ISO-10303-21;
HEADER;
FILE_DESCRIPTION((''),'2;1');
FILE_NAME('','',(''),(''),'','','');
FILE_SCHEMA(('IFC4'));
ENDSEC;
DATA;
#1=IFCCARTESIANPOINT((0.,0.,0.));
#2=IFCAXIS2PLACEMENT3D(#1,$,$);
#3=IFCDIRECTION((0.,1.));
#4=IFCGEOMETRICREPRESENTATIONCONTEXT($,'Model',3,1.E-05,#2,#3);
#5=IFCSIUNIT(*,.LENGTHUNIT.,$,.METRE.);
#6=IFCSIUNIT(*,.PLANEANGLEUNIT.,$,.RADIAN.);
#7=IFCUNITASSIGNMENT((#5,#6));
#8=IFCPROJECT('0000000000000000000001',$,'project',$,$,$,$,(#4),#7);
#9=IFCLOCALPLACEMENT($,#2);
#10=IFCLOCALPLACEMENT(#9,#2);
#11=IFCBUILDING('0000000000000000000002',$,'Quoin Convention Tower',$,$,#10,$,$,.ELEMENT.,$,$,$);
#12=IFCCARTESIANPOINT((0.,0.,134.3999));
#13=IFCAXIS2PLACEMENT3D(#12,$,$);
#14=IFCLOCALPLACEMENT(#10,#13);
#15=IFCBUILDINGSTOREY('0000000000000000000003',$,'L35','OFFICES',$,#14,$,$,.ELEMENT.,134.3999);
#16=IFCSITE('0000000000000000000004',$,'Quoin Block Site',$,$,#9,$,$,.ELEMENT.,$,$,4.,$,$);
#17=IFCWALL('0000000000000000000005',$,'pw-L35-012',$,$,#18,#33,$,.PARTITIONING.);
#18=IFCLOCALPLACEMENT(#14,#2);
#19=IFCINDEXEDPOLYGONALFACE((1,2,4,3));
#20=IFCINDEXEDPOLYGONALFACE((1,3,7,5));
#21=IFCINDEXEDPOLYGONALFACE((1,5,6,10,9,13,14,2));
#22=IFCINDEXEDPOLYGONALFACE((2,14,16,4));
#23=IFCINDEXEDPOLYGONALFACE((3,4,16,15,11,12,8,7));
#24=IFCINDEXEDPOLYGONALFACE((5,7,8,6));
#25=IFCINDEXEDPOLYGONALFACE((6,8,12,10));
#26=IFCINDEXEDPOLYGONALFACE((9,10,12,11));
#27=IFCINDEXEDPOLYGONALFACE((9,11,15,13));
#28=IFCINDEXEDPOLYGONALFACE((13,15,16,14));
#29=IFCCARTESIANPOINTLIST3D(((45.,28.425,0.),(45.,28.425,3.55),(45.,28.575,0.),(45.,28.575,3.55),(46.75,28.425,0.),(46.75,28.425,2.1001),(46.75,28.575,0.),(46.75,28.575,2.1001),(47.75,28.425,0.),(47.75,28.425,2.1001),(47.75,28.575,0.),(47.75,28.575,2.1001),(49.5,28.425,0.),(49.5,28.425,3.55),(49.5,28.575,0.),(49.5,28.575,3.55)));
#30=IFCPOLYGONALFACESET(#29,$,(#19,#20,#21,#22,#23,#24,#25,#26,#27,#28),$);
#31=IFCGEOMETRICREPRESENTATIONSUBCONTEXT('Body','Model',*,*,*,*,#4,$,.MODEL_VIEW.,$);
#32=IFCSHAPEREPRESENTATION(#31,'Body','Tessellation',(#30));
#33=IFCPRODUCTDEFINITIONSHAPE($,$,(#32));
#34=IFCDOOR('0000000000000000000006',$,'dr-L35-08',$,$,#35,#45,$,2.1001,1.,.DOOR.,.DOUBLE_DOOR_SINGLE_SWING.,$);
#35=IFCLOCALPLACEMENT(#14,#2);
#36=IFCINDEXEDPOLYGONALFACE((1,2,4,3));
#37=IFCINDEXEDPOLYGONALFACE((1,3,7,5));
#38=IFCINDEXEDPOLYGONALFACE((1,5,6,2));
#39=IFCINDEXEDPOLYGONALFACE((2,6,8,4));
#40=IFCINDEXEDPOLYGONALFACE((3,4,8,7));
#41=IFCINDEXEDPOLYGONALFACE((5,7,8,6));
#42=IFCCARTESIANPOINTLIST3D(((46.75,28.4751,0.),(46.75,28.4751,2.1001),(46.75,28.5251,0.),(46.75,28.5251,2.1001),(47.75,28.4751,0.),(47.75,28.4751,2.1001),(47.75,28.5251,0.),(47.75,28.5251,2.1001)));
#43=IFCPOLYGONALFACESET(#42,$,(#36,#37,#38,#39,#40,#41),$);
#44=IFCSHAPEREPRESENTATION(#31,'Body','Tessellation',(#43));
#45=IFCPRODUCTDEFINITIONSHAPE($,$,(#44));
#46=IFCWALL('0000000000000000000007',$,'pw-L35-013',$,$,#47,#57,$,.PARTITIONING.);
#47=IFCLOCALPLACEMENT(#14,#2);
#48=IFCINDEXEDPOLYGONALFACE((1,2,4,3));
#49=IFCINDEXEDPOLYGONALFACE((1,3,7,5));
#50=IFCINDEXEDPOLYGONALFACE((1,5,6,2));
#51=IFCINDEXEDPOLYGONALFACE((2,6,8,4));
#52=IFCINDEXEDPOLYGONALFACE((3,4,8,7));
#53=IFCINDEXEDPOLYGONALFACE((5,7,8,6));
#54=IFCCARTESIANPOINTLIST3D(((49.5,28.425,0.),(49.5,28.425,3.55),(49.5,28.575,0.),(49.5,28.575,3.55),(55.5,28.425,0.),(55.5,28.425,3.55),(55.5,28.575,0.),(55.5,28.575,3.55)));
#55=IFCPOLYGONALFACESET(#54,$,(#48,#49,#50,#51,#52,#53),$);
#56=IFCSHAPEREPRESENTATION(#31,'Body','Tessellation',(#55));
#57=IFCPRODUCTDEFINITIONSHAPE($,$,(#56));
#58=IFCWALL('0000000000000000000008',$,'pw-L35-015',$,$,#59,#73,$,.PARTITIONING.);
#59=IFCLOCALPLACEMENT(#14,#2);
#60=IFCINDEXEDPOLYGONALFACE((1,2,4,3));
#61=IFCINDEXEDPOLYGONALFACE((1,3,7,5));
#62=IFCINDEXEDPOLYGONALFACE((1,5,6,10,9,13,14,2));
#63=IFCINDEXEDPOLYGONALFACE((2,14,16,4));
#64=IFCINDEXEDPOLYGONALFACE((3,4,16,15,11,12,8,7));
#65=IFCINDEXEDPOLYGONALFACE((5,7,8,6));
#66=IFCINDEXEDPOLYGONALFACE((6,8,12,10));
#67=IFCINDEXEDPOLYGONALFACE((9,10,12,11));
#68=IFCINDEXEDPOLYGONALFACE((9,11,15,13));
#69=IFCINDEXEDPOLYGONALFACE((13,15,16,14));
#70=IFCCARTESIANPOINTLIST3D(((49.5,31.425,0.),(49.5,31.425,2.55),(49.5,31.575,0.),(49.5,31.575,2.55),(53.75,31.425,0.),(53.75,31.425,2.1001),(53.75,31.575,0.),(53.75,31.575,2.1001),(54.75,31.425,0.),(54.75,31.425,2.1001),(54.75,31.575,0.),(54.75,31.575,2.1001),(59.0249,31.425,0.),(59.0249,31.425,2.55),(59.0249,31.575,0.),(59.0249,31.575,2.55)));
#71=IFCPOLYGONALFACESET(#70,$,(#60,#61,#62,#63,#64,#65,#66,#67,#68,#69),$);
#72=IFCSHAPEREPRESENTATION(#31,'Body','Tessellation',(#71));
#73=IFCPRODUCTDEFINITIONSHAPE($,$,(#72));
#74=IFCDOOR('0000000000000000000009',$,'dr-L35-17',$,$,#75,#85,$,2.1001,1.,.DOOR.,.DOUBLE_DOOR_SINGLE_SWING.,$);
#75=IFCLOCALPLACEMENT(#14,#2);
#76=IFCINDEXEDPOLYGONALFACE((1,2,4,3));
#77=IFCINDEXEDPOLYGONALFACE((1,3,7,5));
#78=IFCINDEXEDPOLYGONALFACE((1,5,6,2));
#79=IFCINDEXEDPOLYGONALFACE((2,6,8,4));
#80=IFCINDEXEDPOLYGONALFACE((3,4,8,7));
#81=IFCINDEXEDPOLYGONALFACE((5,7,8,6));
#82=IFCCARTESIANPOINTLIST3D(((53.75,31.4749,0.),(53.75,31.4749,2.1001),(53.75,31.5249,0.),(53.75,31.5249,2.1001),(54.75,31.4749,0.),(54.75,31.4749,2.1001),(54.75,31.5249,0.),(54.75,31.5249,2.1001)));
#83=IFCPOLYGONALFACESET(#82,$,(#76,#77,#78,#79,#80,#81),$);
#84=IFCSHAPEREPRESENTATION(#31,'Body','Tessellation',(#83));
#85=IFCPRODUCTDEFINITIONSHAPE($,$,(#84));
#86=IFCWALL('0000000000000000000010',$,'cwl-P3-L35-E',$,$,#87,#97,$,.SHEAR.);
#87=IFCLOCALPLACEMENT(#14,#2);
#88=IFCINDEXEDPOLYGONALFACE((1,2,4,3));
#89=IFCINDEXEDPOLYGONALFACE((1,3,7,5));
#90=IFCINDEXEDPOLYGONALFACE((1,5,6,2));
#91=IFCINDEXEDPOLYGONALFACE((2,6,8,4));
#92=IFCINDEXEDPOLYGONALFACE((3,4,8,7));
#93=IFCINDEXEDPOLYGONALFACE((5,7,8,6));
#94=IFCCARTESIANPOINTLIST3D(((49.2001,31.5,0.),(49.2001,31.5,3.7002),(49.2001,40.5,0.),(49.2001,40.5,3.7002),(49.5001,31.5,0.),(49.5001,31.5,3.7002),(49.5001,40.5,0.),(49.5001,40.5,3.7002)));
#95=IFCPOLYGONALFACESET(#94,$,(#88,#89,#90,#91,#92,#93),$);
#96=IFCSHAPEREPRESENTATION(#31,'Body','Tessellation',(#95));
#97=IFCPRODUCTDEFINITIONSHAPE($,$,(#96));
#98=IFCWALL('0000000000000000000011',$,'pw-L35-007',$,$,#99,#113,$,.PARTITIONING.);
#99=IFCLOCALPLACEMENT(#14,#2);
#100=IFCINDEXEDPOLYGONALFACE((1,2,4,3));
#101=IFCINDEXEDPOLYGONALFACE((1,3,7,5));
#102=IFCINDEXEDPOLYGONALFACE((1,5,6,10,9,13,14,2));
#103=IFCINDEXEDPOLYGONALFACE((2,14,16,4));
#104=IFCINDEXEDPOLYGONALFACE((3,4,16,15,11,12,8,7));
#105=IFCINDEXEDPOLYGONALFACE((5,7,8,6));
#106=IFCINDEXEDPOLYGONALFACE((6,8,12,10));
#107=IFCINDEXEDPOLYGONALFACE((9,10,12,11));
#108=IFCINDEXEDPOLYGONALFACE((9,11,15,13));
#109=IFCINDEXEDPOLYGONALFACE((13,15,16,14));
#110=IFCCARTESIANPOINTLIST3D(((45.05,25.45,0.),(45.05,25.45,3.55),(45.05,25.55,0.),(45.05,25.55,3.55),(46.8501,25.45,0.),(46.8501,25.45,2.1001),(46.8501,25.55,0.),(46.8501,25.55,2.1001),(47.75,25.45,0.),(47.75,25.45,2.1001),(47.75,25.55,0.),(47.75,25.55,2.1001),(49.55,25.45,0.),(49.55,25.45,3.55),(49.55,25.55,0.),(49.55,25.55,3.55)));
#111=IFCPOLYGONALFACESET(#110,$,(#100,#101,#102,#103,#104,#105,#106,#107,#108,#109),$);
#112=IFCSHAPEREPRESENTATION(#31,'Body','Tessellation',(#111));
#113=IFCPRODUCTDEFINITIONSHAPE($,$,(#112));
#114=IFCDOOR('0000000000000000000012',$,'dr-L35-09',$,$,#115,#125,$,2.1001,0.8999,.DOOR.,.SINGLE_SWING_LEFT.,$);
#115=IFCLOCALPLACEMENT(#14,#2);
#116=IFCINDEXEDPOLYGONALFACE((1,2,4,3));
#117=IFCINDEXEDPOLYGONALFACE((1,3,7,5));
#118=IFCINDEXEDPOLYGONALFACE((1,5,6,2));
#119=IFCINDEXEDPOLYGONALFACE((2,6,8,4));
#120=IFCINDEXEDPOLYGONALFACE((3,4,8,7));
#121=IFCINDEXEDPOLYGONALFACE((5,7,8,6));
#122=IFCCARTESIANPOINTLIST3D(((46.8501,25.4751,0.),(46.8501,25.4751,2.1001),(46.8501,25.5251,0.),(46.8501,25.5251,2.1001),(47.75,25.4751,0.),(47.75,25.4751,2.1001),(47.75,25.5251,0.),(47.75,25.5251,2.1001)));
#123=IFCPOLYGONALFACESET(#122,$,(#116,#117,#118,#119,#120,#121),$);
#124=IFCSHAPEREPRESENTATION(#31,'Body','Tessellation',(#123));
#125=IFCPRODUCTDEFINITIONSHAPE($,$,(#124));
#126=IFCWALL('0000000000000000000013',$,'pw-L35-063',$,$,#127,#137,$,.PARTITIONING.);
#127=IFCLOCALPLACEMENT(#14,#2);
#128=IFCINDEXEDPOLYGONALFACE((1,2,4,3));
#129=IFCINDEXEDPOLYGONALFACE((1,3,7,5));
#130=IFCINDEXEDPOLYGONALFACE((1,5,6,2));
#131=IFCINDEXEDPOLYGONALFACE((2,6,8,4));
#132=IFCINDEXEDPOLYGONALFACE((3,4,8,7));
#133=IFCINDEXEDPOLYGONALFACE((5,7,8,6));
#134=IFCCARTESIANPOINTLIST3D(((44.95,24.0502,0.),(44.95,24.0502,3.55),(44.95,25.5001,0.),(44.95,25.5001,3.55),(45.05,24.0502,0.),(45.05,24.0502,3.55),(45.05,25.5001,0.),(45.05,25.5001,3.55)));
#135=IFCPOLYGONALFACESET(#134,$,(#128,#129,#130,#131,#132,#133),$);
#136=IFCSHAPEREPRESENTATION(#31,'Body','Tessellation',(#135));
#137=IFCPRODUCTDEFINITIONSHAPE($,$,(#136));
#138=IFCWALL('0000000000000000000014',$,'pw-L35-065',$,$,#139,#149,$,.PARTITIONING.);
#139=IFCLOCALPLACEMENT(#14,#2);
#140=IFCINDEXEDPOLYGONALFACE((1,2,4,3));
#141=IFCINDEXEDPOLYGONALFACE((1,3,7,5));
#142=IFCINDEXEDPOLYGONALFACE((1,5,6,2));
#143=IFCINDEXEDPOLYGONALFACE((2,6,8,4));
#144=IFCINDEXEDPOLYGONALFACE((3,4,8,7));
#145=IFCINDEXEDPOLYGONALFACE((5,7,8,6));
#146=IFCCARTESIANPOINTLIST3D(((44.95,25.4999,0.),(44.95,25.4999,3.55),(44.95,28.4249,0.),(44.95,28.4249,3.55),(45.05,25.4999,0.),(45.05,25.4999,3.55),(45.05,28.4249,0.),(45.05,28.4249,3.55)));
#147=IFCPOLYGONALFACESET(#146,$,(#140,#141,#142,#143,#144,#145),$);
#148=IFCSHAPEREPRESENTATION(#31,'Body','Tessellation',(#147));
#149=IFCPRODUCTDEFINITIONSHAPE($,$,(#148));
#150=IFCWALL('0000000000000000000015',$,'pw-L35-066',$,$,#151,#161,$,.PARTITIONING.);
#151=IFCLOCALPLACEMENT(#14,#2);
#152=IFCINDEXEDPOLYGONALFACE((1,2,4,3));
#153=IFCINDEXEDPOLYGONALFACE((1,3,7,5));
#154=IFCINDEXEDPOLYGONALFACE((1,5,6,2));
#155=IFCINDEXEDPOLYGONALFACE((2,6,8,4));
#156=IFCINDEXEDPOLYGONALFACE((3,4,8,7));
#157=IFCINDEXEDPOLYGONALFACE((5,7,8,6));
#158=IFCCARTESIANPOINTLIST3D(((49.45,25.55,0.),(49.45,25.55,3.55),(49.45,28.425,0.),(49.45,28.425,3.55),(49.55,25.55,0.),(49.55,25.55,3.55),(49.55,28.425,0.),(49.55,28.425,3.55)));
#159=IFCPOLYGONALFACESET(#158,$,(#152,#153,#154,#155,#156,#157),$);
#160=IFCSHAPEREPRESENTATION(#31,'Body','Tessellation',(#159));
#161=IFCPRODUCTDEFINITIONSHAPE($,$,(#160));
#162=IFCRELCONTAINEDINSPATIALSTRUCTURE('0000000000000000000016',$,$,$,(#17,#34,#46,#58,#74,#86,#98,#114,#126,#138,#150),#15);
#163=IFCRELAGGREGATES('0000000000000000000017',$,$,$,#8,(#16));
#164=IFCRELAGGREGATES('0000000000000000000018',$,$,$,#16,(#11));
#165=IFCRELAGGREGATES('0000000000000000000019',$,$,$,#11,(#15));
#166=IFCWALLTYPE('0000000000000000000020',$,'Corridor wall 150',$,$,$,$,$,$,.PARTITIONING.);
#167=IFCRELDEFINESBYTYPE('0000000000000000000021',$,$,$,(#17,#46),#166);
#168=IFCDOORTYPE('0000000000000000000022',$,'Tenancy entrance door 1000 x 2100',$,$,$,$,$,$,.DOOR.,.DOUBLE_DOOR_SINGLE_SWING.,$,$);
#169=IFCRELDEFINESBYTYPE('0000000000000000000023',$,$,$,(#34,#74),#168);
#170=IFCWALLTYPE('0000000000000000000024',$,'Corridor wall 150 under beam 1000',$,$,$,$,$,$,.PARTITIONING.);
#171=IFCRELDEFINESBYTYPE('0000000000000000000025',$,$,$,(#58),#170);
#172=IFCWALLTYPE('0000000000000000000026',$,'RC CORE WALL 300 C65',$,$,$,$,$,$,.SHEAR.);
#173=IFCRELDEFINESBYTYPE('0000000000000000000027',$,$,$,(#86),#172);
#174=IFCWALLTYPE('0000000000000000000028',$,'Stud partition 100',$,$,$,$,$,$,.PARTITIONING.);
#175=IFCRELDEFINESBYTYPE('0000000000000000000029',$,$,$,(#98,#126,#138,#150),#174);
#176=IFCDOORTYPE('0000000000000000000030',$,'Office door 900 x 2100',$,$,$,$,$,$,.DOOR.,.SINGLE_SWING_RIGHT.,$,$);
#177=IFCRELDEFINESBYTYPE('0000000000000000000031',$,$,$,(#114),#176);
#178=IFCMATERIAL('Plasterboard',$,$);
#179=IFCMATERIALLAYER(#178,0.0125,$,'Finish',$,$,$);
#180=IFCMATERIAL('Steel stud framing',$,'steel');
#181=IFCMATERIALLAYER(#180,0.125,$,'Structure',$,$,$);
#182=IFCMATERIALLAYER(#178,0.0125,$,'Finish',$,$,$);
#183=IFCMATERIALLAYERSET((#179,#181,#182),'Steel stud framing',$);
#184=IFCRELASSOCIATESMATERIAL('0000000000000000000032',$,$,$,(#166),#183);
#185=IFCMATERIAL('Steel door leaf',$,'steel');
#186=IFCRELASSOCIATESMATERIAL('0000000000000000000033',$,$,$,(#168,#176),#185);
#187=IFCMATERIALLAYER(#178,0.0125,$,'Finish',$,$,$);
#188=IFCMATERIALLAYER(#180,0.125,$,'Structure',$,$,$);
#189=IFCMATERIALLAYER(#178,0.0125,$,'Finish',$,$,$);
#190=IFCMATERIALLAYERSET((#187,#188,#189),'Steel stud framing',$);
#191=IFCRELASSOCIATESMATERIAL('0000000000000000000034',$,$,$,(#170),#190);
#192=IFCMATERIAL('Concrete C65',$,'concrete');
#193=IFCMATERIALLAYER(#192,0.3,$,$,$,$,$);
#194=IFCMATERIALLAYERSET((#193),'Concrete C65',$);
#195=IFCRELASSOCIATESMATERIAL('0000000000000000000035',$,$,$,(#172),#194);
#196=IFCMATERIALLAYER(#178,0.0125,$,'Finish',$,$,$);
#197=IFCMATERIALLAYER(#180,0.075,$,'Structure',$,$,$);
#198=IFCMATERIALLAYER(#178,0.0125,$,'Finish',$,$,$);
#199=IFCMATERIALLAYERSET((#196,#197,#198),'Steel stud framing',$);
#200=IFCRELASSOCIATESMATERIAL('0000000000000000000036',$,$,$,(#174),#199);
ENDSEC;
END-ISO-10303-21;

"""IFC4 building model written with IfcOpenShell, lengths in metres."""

from ifc_helpers import new_model, si_unit, direction, frame, frame_2d, origin, place, context, subcontext, project, spatial, rectangle, extrude, material, layer, layer_set, type_object, element, fill, save


model = new_model("IFC4")

# Units and contexts
model_context = context("Model", 3, precision=1e-05, world=origin(), true_north=direction((0.0, 1.0)))
body_context = subcontext(model_context, "Body", "Model", "MODEL_VIEW")
ifc_project = project(units=[si_unit("LENGTHUNIT", "METRE"), si_unit("PLANEANGLEUNIT", "RADIAN")], contexts=[model_context])

# Site, building, storey
site_placement = place(None, origin())
site = spatial("IfcSite", under=ifc_project, at=site_placement, Name="Quoin Block Site", CompositionType="ELEMENT", RefElevation=4.0)
building_placement = place(site_placement, origin())
building = spatial("IfcBuilding", under=site, at=building_placement, Name="Quoin Convention Tower", CompositionType="ELEMENT")
storey_placement = place(building_placement, frame((0.0, 0.0, 134.3999)))
storey = spatial("IfcBuildingStorey", under=building, at=storey_placement, Name="L35", Description="OFFICES", CompositionType="ELEMENT", Elevation=134.3999)

# Shared definitions
ifc_material_1 = material(Name="Concrete C65", Category="concrete")

# Shared definitions
ifc_material_2 = material(Name="Plasterboard")
ifc_material_3 = material(Name="Steel stud framing", Category="steel")

# Wall, opening, door
ifc_layer_1 = layer(ifc_material_2, 0.0125, Name="Finish")
ifc_layer_2 = layer(ifc_material_3, 0.125, Name="Structure")
ifc_layer_3 = layer(ifc_material_2, 0.0125, Name="Finish")
ifc_layer_set_1 = layer_set([ifc_layer_1, ifc_layer_2, ifc_layer_3], Name="Steel stud framing")
wall_type_1 = type_object("IfcWallType", Name="Corridor wall 150", PredefinedType="PARTITIONING", material=ifc_layer_set_1)
wall_1_placement = place(storey_placement, frame((45.0, 28.5, 0.0), z_axis=(0.0, 0.0, 1.0), x_axis=(1.0, 0.0, 0.0)))
wall_1 = element("IfcWall", 1, at=wall_1_placement, inside=storey, type_object=wall_type_1, Name="pw-L35-012", PredefinedType="PARTITIONING", context=body_context, shape_type="SweptSolid", body=[
    extrude(rectangle(XDim=4.5, YDim=0.1499, at=frame_2d((2.25, 0.0))), origin(), (0.0, 0.0, 1.0), 3.55),
])
opening_1_placement = place(wall_1_placement, frame((1.75, 0.0, 0.0)))
opening_1 = element("IfcOpeningElement", 2, at=opening_1_placement, cuts=wall_1, PredefinedType="OPENING", context=body_context, shape_type="SweptSolid", body=[
    extrude(rectangle(XDim=1.0, YDim=2.1001, at=frame_2d((0.5, 1.05))), frame((0.0, 0.085, 0.0), z_axis=(0.0, -1.0, 0.0), x_axis=(1.0, 0.0, 0.0)), (0.0, 0.0, 1.0), 0.1699),
])
ifc_material_4 = material(Name="Steel door leaf", Category="steel")
door_type_1 = type_object("IfcDoorType", Name="Tenancy entrance door 1000 x 2100", OperationType="DOUBLE_DOOR_SINGLE_SWING", PredefinedType="DOOR", material=ifc_material_4)
door_1_placement = place(opening_1_placement, frame((1.0, 0.0, 0.0), z_axis=(0.0, 0.0, 1.0), x_axis=(-1.0, 0.0, 0.0)))
door_1 = element("IfcDoor", 3, at=door_1_placement, inside=storey, type_object=door_type_1, Name="dr-L35-08", OperationType="DOUBLE_DOOR_SINGLE_SWING", OverallHeight=2.1001, OverallWidth=1.0, PredefinedType="DOOR", context=body_context, shape_type="SweptSolid", body=[
    extrude(rectangle(XDim=1.0, YDim=2.1001, at=frame_2d((0.5, 1.05))), frame((0.0, 0.0249, 0.0), z_axis=(0.0, -1.0, 0.0), x_axis=(1.0, 0.0, 0.0)), (0.0, 0.0, 1.0), 0.05),
])
fill(opening_1, door_1)

# Wall
wall_2_placement = place(storey_placement, frame((49.5, 28.5, 0.0), z_axis=(0.0, 0.0, 1.0), x_axis=(1.0, 0.0, 0.0)))
element("IfcWall", 4, at=wall_2_placement, inside=storey, type_object=wall_type_1, Name="pw-L35-013", PredefinedType="PARTITIONING", context=body_context, shape_type="SweptSolid", body=[
    extrude(rectangle(XDim=6.0, YDim=0.1499, at=frame_2d((3.0, 0.0))), origin(), (0.0, 0.0, 1.0), 3.55),
])

# Wall, opening, door
ifc_layer_4 = layer(ifc_material_2, 0.0125, Name="Finish")
ifc_layer_5 = layer(ifc_material_3, 0.125, Name="Structure")
ifc_layer_6 = layer(ifc_material_2, 0.0125, Name="Finish")
ifc_layer_set_2 = layer_set([ifc_layer_4, ifc_layer_5, ifc_layer_6], Name="Steel stud framing")
wall_type_2 = type_object("IfcWallType", Name="Corridor wall 150 under beam 1000", PredefinedType="PARTITIONING", material=ifc_layer_set_2)
wall_3_placement = place(storey_placement, frame((49.5, 31.5, 0.0), z_axis=(0.0, 0.0, 1.0), x_axis=(1.0, 0.0, 0.0)))
wall_3 = element("IfcWall", 5, at=wall_3_placement, inside=storey, type_object=wall_type_2, Name="pw-L35-015", PredefinedType="PARTITIONING", context=body_context, shape_type="SweptSolid", body=[
    extrude(rectangle(XDim=9.5249, YDim=0.1499, at=frame_2d((4.7625, 0.0))), origin(), (0.0, 0.0, 1.0), 2.55),
])
opening_2_placement = place(wall_3_placement, frame((4.25, 0.0, 0.0)))
opening_2 = element("IfcOpeningElement", 6, at=opening_2_placement, cuts=wall_3, PredefinedType="OPENING", context=body_context, shape_type="SweptSolid", body=[
    extrude(rectangle(XDim=1.0, YDim=2.1001, at=frame_2d((0.5, 1.05))), frame((0.0, 0.085, 0.0), z_axis=(0.0, -1.0, 0.0), x_axis=(1.0, 0.0, 0.0)), (0.0, 0.0, 1.0), 0.1699),
])
door_2_placement = place(opening_2_placement, origin())
door_2 = element("IfcDoor", 7, at=door_2_placement, inside=storey, type_object=door_type_1, Name="dr-L35-17", OperationType="DOUBLE_DOOR_SINGLE_SWING", OverallHeight=2.1001, OverallWidth=1.0, PredefinedType="DOOR", context=body_context, shape_type="SweptSolid", body=[
    extrude(rectangle(XDim=1.0, YDim=2.1001, at=frame_2d((0.5, 1.05))), frame((0.0, 0.0249, 0.0), z_axis=(0.0, -1.0, 0.0), x_axis=(1.0, 0.0, 0.0)), (0.0, 0.0, 1.0), 0.05),
])
fill(opening_2, door_2)

# Wall
ifc_layer_7 = layer(ifc_material_1, 0.3)
ifc_layer_set_3 = layer_set([ifc_layer_7], Name="Concrete C65")
wall_type_3 = type_object("IfcWallType", Name="RC CORE WALL 300 C65", PredefinedType="SHEAR", material=ifc_layer_set_3)
wall_4_placement = place(storey_placement, frame((49.3501, 31.5, 0.0), z_axis=(0.0, 0.0, 1.0), x_axis=(0.0, 1.0, 0.0)))
element("IfcWall", 8, at=wall_4_placement, inside=storey, type_object=wall_type_3, Name="cwl-P3-L35-E", PredefinedType="SHEAR", context=body_context, shape_type="SweptSolid", body=[
    extrude(rectangle(XDim=9.0, YDim=0.3, at=frame_2d((4.5, 0.0))), origin(), (0.0, 0.0, 1.0), 3.7002),
])

# Wall, opening, door
ifc_layer_8 = layer(ifc_material_2, 0.0125, Name="Finish")
ifc_layer_9 = layer(ifc_material_3, 0.075, Name="Structure")
ifc_layer_10 = layer(ifc_material_2, 0.0125, Name="Finish")
ifc_layer_set_4 = layer_set([ifc_layer_8, ifc_layer_9, ifc_layer_10], Name="Steel stud framing")
wall_type_4 = type_object("IfcWallType", Name="Stud partition 100", PredefinedType="PARTITIONING", material=ifc_layer_set_4)
wall_5_placement = place(storey_placement, frame((45.05, 25.5, 0.0), z_axis=(0.0, 0.0, 1.0), x_axis=(1.0, 0.0, 0.0)))
wall_5 = element("IfcWall", 9, at=wall_5_placement, inside=storey, type_object=wall_type_4, Name="pw-L35-007", PredefinedType="PARTITIONING", context=body_context, shape_type="SweptSolid", body=[
    extrude(rectangle(XDim=4.5, YDim=0.1001, at=frame_2d((2.25, 0.0))), origin(), (0.0, 0.0, 1.0), 3.55),
])
opening_3_placement = place(wall_5_placement, frame((1.8, 0.0, 0.0)))
opening_3 = element("IfcOpeningElement", 10, at=opening_3_placement, cuts=wall_5, PredefinedType="OPENING", context=body_context, shape_type="SweptSolid", body=[
    extrude(rectangle(XDim=0.8999, YDim=2.1001, at=frame_2d((0.45, 1.05))), frame((0.0, 0.0601, 0.0), z_axis=(0.0, -1.0, 0.0), x_axis=(1.0, 0.0, 0.0)), (0.0, 0.0, 1.0), 0.1201),
])
door_type_2 = type_object("IfcDoorType", Name="Office door 900 x 2100", OperationType="SINGLE_SWING_RIGHT", PredefinedType="DOOR", material=ifc_material_4)
door_3_placement = place(opening_3_placement, frame((0.8999, 0.0, 0.0), z_axis=(0.0, 0.0, 1.0), x_axis=(-1.0, 0.0, 0.0)))
door_3 = element("IfcDoor", 11, at=door_3_placement, inside=storey, type_object=door_type_2, Name="dr-L35-09", OperationType="SINGLE_SWING_LEFT", OverallHeight=2.1001, OverallWidth=0.8999, PredefinedType="DOOR", context=body_context, shape_type="SweptSolid", body=[
    extrude(rectangle(XDim=0.8999, YDim=2.1001, at=frame_2d((0.45, 1.05))), frame((0.0, 0.0249, 0.0), z_axis=(0.0, -1.0, 0.0), x_axis=(1.0, 0.0, 0.0)), (0.0, 0.0, 1.0), 0.05),
])
fill(opening_3, door_3)

# Walls
wall_6_placement = place(storey_placement, frame((45.0, 24.05, 0.0), z_axis=(0.0, 0.0, 1.0), x_axis=(0.0, 1.0, 0.0)))
element("IfcWall", 12, at=wall_6_placement, inside=storey, type_object=wall_type_4, Name="pw-L35-063", PredefinedType="PARTITIONING", context=body_context, shape_type="SweptSolid", body=[
    extrude(rectangle(XDim=1.45, YDim=0.1001, at=frame_2d((0.7251, 0.0))), origin(), (0.0, 0.0, 1.0), 3.55),
])
wall_7_placement = place(storey_placement, frame((45.0, 25.5, 0.0), z_axis=(0.0, 0.0, 1.0), x_axis=(0.0, 1.0, 0.0)))
element("IfcWall", 13, at=wall_7_placement, inside=storey, type_object=wall_type_4, Name="pw-L35-065", PredefinedType="PARTITIONING", context=body_context, shape_type="SweptSolid", body=[
    extrude(rectangle(XDim=2.925, YDim=0.1001, at=frame_2d((1.4624, 0.0))), origin(), (0.0, 0.0, 1.0), 3.55),
])
wall_8_placement = place(storey_placement, frame((49.5, 25.55, 0.0), z_axis=(0.0, 0.0, 1.0), x_axis=(0.0, 1.0, 0.0)))
element("IfcWall", 14, at=wall_8_placement, inside=storey, type_object=wall_type_4, Name="pw-L35-066", PredefinedType="PARTITIONING", context=body_context, shape_type="SweptSolid", body=[
    extrude(rectangle(XDim=2.875, YDim=0.1001, at=frame_2d((1.4375, 0.0))), origin(), (0.0, 0.0, 1.0), 3.55),
])

save(model, "model.ifc")
